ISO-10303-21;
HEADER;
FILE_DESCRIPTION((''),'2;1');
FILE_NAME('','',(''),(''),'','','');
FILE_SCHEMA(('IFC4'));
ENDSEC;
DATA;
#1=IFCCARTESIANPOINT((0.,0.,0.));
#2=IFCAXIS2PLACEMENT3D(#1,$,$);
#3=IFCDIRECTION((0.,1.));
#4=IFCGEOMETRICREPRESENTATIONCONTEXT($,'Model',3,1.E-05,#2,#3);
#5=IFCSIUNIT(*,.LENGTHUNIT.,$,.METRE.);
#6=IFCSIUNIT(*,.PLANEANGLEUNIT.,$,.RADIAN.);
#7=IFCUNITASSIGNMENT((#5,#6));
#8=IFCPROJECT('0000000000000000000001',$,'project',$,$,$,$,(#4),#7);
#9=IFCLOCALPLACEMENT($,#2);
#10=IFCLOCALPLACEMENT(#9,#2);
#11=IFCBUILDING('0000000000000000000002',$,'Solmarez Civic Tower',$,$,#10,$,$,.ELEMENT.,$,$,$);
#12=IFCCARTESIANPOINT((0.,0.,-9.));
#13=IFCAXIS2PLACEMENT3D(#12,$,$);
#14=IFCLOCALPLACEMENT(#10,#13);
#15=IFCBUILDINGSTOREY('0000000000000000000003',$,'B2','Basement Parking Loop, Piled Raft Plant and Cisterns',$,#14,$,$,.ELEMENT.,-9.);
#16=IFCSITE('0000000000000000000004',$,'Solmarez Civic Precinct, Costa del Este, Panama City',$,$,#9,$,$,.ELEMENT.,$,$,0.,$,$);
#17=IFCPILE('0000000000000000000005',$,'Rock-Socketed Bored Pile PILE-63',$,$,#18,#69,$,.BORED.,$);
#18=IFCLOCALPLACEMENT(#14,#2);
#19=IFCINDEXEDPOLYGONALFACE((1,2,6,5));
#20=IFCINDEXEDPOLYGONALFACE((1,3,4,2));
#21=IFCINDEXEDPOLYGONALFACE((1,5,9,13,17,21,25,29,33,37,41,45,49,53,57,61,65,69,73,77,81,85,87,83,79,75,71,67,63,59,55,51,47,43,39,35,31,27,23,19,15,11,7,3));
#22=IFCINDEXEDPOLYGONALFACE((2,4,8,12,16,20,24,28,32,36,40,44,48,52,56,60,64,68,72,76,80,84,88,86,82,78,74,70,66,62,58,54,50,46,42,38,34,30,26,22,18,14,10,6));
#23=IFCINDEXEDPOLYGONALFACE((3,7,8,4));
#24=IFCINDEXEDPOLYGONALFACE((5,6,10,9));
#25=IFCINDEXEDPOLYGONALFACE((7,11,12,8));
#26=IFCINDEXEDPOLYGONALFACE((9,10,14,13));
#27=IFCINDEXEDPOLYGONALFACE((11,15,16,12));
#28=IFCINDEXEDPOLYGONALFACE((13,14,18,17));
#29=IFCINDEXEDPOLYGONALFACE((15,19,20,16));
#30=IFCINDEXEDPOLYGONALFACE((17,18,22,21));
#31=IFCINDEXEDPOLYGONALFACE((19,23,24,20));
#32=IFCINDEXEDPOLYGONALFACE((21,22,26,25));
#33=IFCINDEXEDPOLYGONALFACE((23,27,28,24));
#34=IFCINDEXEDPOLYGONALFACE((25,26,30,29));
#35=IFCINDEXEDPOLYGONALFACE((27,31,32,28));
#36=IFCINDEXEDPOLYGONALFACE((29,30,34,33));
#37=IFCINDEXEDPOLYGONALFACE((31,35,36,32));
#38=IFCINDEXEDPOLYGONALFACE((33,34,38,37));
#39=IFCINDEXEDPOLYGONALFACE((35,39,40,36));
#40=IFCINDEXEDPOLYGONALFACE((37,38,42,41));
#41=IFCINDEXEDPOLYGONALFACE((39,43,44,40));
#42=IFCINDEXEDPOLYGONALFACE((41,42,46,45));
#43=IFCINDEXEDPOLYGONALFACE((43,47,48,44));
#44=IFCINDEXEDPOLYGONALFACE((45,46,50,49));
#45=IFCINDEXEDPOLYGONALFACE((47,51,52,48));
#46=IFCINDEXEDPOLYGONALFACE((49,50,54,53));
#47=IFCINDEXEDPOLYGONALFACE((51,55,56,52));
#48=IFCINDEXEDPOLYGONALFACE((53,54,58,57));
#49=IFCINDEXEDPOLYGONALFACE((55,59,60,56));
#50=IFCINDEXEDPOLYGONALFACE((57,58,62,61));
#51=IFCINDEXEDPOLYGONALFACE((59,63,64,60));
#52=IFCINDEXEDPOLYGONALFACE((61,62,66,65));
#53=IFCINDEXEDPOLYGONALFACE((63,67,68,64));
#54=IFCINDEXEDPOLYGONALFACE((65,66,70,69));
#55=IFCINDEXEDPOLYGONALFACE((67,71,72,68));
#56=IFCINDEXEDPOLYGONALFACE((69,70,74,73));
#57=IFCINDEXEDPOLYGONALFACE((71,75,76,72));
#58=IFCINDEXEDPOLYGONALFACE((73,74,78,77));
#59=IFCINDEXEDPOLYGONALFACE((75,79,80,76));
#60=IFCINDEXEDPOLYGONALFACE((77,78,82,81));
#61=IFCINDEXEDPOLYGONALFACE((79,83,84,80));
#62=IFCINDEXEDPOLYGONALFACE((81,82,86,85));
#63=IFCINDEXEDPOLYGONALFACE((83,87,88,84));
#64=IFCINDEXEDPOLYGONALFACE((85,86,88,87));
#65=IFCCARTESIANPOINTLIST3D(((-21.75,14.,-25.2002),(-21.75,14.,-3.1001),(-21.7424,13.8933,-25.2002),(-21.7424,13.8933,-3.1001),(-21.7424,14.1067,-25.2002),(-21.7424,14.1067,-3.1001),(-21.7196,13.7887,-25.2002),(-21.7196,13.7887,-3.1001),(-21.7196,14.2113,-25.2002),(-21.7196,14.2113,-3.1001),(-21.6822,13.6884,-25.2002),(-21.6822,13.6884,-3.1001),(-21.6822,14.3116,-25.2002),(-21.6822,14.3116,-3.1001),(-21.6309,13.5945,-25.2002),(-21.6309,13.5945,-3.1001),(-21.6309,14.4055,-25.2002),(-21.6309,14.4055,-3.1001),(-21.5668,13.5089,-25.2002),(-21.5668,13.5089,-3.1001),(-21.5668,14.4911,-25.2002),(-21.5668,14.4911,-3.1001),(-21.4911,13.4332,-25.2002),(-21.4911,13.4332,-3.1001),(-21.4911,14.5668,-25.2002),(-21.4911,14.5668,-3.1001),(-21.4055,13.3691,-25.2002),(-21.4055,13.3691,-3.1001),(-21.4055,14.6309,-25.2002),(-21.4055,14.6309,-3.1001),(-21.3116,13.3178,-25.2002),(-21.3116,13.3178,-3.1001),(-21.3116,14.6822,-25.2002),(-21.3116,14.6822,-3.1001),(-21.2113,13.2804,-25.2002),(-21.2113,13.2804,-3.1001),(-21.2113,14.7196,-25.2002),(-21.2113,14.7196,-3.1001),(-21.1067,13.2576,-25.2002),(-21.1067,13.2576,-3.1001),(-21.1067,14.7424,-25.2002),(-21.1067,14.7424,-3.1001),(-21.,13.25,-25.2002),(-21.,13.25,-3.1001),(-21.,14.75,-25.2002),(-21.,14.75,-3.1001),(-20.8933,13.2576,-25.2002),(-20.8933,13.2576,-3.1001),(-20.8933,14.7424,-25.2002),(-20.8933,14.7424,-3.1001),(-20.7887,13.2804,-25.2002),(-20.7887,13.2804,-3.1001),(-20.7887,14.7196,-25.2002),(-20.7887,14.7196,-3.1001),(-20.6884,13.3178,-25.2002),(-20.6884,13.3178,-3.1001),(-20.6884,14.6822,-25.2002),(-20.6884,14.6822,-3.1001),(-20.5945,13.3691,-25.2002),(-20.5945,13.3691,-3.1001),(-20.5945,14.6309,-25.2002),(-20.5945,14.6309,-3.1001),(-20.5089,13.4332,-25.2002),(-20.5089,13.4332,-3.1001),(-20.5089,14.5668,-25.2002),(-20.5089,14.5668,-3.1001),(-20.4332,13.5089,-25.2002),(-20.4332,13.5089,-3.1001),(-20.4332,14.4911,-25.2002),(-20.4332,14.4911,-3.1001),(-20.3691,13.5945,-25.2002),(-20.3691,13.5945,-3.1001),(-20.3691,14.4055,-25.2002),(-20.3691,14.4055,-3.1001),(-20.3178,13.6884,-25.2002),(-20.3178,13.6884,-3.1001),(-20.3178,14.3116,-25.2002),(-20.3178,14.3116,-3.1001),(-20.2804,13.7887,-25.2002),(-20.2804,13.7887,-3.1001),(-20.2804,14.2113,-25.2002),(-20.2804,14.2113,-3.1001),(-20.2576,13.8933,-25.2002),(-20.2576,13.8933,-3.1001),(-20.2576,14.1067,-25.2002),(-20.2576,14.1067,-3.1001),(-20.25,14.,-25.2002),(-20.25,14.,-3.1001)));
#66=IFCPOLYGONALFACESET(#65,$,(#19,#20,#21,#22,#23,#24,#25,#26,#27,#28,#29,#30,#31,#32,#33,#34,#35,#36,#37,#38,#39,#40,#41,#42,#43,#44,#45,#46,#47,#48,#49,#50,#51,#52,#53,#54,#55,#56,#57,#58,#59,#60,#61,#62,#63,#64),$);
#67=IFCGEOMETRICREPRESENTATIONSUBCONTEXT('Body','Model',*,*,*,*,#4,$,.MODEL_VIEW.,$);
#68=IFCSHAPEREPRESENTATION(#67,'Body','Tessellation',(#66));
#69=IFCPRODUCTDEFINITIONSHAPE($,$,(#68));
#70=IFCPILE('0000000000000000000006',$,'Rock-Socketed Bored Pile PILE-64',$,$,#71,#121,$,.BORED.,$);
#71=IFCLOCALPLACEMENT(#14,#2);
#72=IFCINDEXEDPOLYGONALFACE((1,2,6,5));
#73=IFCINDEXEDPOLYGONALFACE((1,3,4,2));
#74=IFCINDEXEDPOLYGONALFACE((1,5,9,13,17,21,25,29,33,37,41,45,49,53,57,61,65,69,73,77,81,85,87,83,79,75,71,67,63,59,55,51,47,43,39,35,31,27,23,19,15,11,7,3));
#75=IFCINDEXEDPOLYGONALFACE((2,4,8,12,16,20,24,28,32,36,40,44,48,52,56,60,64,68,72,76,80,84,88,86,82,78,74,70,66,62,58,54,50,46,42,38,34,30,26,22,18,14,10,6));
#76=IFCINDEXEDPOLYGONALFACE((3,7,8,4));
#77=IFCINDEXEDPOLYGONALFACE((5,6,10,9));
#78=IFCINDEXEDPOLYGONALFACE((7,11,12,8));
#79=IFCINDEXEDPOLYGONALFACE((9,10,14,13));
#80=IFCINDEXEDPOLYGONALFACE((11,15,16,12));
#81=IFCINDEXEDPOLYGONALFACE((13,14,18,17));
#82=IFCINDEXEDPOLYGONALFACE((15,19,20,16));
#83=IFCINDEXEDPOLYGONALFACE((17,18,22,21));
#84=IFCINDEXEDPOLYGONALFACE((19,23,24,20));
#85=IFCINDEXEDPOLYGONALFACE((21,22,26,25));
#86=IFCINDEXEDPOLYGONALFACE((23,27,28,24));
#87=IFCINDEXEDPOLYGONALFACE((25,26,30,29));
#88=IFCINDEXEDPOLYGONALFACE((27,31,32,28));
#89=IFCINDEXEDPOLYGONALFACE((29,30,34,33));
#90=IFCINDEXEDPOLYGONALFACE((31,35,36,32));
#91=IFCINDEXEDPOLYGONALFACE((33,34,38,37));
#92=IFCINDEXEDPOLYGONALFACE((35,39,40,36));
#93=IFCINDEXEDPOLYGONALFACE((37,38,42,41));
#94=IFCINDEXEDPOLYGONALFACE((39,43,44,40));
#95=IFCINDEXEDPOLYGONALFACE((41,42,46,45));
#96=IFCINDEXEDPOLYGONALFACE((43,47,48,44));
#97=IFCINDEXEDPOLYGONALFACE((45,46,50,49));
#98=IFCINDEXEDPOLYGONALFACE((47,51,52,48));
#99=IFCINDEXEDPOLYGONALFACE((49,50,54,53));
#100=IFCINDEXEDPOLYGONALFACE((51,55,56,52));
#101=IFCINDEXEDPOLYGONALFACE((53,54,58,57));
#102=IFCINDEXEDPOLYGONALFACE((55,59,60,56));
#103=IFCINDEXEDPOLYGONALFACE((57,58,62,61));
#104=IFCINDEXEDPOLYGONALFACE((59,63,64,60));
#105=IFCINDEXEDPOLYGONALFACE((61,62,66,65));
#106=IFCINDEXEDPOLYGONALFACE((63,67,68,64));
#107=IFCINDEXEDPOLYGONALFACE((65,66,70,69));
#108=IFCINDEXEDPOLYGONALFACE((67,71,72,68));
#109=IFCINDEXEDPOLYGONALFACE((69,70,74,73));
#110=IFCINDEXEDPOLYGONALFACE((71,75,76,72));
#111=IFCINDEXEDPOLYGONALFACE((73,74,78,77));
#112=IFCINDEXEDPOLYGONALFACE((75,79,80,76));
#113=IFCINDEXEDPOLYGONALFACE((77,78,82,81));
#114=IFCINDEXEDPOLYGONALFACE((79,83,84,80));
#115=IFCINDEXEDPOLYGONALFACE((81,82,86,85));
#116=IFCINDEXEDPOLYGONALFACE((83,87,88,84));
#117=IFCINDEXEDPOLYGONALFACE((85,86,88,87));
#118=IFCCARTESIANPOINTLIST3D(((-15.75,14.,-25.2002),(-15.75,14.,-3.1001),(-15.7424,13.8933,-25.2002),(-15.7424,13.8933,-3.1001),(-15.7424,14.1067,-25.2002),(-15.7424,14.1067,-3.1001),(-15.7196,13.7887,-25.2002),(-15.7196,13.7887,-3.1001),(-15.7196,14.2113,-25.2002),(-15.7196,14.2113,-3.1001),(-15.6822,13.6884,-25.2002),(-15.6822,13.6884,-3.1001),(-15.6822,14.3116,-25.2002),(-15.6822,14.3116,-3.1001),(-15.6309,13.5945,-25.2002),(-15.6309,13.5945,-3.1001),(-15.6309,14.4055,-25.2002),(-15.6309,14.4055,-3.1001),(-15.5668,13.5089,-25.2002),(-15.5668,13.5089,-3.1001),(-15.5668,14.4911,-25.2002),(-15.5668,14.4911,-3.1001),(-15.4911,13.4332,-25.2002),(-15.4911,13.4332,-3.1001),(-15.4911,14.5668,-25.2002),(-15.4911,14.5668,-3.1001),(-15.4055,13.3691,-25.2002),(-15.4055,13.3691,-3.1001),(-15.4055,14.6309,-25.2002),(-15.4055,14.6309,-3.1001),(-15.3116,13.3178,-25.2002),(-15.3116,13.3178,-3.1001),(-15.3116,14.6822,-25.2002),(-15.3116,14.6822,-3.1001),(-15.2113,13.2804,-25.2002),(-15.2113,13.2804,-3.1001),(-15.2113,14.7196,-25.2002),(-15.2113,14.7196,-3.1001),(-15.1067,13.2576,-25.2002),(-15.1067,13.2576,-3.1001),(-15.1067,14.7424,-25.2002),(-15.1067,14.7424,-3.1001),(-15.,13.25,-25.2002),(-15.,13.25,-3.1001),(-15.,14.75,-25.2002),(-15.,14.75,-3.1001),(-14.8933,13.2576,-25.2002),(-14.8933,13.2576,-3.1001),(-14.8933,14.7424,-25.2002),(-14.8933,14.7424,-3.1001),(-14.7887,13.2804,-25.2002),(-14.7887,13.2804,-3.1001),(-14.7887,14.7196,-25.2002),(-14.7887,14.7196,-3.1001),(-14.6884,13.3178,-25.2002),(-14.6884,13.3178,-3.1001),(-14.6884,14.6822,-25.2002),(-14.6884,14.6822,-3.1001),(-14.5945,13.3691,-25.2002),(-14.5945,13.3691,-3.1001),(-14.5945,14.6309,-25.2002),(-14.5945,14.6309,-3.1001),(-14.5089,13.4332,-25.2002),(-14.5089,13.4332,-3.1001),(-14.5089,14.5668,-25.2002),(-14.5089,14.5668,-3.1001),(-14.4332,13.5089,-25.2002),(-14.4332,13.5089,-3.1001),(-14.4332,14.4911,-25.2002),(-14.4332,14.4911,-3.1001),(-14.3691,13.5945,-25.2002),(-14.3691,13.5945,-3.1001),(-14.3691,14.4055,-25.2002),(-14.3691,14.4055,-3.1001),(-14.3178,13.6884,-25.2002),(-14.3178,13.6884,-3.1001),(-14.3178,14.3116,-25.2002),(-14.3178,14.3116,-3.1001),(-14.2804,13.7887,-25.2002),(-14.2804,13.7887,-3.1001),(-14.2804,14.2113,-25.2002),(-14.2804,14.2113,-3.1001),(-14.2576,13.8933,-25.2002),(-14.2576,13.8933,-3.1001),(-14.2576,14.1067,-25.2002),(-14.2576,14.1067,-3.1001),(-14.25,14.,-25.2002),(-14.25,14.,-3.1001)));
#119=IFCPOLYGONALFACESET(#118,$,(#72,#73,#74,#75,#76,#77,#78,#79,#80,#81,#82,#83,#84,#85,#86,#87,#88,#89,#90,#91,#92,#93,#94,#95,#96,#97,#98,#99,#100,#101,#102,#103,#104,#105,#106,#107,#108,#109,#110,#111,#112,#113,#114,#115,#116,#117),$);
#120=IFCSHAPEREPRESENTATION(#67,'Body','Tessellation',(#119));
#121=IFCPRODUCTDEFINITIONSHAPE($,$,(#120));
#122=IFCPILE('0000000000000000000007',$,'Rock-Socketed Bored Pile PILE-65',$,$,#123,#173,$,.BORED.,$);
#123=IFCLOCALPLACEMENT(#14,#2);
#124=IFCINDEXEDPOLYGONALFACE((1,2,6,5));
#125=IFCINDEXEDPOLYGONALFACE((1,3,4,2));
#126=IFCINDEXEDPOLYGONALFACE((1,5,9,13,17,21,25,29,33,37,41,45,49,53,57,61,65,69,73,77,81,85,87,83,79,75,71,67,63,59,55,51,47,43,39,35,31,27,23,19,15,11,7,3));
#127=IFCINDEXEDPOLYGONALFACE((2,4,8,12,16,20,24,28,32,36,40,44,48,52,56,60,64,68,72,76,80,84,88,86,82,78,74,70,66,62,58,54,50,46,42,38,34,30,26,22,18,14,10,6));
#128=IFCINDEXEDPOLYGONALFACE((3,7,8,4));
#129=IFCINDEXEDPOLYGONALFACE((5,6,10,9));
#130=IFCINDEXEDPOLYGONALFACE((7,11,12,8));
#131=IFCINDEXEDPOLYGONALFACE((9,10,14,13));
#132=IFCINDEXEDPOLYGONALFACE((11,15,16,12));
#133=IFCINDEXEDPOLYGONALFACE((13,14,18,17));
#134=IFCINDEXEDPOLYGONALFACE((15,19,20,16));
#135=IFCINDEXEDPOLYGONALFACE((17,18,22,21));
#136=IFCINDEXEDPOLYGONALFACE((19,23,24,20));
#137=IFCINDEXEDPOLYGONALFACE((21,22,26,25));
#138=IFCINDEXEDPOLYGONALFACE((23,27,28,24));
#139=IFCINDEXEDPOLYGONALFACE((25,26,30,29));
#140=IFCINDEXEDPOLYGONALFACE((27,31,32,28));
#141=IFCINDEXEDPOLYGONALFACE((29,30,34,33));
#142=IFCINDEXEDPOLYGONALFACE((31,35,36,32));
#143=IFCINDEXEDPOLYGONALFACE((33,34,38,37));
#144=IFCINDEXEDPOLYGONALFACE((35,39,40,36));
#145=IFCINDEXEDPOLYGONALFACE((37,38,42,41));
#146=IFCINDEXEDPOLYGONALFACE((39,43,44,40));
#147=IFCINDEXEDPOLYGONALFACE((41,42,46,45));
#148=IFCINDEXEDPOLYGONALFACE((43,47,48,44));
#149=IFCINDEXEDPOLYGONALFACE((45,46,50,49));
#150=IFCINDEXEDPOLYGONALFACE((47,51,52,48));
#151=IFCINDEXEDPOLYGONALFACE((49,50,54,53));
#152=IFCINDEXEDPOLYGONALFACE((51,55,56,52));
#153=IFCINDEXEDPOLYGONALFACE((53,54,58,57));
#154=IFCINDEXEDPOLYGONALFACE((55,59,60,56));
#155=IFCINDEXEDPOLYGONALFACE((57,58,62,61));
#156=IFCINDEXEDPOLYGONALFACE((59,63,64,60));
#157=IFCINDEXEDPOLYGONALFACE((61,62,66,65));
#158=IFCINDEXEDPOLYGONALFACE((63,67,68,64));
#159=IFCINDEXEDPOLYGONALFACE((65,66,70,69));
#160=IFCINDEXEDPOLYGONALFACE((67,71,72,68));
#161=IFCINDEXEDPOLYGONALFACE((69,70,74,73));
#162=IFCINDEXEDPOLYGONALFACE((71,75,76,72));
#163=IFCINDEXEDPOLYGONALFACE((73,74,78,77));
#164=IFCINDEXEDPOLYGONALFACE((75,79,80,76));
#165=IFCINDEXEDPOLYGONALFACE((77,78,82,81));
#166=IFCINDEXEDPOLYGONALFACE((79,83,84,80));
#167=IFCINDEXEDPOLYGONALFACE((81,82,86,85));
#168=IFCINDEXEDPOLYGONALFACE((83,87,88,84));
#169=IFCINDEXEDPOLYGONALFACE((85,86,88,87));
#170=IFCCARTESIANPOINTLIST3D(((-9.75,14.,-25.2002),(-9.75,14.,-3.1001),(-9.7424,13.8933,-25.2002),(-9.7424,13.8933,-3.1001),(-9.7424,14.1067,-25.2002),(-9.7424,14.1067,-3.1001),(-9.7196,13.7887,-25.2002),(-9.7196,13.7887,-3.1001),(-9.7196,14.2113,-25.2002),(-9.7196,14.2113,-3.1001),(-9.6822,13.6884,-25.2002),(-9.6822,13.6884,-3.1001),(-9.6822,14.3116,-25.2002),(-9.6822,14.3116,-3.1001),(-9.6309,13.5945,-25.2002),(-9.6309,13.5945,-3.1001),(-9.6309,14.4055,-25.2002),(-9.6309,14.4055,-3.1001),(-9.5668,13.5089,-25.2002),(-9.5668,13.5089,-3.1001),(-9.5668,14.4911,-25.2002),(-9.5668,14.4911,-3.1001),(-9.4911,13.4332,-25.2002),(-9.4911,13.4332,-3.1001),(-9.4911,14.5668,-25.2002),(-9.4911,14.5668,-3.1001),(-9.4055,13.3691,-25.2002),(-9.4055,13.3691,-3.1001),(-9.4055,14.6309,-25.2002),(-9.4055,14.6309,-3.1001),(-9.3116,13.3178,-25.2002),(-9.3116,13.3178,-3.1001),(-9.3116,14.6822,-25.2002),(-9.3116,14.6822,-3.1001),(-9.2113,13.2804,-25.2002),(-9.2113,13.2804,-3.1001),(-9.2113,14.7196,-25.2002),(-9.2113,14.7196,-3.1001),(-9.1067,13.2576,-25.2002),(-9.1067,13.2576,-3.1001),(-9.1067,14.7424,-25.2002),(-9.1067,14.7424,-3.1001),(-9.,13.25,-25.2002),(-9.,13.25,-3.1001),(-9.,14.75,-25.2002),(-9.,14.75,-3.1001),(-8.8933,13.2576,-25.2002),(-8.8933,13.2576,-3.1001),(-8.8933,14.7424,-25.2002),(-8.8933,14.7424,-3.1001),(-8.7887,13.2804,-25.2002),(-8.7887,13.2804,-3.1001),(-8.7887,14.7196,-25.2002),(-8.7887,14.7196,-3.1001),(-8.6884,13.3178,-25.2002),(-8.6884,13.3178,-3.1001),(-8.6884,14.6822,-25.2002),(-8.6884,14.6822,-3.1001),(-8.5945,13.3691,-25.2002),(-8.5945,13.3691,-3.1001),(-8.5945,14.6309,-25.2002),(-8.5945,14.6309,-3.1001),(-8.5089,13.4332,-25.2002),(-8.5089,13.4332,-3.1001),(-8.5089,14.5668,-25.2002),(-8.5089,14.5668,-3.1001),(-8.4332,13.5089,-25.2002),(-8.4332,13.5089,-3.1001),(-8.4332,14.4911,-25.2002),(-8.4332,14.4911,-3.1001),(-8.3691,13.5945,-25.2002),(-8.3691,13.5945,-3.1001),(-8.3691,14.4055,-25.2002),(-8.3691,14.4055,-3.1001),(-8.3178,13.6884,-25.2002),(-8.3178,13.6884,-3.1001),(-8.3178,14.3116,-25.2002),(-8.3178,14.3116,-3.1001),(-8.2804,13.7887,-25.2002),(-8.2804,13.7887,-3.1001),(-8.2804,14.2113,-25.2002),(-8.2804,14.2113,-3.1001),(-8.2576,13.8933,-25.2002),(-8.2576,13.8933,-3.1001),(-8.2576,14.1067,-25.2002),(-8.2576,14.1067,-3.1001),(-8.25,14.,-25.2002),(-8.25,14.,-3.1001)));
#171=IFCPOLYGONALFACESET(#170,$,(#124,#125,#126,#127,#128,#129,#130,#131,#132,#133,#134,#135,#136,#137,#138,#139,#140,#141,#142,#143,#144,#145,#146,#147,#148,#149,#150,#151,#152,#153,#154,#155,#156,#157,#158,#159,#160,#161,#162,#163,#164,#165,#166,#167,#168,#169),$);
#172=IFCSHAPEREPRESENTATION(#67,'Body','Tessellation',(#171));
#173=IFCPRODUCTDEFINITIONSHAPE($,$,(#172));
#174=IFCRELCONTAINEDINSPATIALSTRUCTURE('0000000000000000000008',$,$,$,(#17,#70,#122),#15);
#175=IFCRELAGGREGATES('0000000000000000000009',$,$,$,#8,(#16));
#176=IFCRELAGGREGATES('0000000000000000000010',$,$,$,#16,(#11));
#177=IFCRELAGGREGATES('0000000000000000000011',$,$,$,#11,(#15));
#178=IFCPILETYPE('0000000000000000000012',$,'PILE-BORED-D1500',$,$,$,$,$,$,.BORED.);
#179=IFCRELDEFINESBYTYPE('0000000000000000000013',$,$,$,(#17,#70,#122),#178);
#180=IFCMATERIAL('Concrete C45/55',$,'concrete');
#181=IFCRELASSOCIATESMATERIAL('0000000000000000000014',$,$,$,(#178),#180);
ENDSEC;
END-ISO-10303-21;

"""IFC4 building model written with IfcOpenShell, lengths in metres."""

from ifc_helpers import new_model, si_unit, direction, frame, origin, origin_2d, place, context, subcontext, project, spatial, circle, extrude, material, material_profile, profile_set, type_object, element, save


model = new_model("IFC4")

# Units and contexts
model_context = context("Model", 3, precision=1e-05, world=origin(), true_north=direction((0.0, 1.0)))
body_context = subcontext(model_context, "Body", "Model", "MODEL_VIEW")
ifc_project = project(units=[si_unit("LENGTHUNIT", "METRE"), si_unit("PLANEANGLEUNIT", "RADIAN")], contexts=[model_context])

# Site, building, storey
site_placement = place(None, origin())
site = spatial("IfcSite", under=ifc_project, at=site_placement, Name="Solmarez Civic Precinct, Costa del Este, Panama City", CompositionType="ELEMENT", RefElevation=0.0)
building_placement = place(site_placement, origin())
building = spatial("IfcBuilding", under=site, at=building_placement, Name="Solmarez Civic Tower", CompositionType="ELEMENT")
storey_placement = place(building_placement, frame((0.0, 0.0, -9.0)))
storey = spatial("IfcBuildingStorey", under=building, at=storey_placement, Name="B2", Description="Basement Parking Loop, Piled Raft Plant and Cisterns", CompositionType="ELEMENT", Elevation=-9.0)

# Piles
ifc_material_1 = material(Name="Concrete C45/55", Category="concrete")
ifc_material_profile_1 = material_profile(ifc_material_1, circle(Radius=0.75, at=origin_2d()), Name="PILE-D1500")
ifc_profile_set_1 = profile_set([ifc_material_profile_1], Name="Concrete C45/55")
pile_type = type_object("IfcPileType", Name="PILE-BORED-D1500", PredefinedType="BORED", material=ifc_profile_set_1)
for number, where, z_axis, x_axis, name in (
    (1, (-21.0, 14.0, -3.1001), (0.0, 0.0, -1.0), (1.0, 0.0, 0.0), "Rock-Socketed Bored Pile PILE-63"),
    (2, (-15.0, 14.0, -3.1001), (0.0, 0.0, -1.0), (1.0, 0.0, 0.0), "Rock-Socketed Bored Pile PILE-64"),
    (3, (-9.0, 14.0, -3.1001), (0.0, 0.0, -1.0), (1.0, 0.0, 0.0), "Rock-Socketed Bored Pile PILE-65"),
):
    element("IfcPile", number, at=place(storey_placement, frame(where, z_axis=z_axis, x_axis=x_axis)), inside=storey, type_object=pile_type, Name=name, PredefinedType="BORED", context=body_context, shape_type="SweptSolid", body=[
        extrude(circle(Radius=0.75, at=origin_2d()), origin(), (0.0, 0.0, 1.0), 22.1001),
    ])

save(model, "model.ifc")
